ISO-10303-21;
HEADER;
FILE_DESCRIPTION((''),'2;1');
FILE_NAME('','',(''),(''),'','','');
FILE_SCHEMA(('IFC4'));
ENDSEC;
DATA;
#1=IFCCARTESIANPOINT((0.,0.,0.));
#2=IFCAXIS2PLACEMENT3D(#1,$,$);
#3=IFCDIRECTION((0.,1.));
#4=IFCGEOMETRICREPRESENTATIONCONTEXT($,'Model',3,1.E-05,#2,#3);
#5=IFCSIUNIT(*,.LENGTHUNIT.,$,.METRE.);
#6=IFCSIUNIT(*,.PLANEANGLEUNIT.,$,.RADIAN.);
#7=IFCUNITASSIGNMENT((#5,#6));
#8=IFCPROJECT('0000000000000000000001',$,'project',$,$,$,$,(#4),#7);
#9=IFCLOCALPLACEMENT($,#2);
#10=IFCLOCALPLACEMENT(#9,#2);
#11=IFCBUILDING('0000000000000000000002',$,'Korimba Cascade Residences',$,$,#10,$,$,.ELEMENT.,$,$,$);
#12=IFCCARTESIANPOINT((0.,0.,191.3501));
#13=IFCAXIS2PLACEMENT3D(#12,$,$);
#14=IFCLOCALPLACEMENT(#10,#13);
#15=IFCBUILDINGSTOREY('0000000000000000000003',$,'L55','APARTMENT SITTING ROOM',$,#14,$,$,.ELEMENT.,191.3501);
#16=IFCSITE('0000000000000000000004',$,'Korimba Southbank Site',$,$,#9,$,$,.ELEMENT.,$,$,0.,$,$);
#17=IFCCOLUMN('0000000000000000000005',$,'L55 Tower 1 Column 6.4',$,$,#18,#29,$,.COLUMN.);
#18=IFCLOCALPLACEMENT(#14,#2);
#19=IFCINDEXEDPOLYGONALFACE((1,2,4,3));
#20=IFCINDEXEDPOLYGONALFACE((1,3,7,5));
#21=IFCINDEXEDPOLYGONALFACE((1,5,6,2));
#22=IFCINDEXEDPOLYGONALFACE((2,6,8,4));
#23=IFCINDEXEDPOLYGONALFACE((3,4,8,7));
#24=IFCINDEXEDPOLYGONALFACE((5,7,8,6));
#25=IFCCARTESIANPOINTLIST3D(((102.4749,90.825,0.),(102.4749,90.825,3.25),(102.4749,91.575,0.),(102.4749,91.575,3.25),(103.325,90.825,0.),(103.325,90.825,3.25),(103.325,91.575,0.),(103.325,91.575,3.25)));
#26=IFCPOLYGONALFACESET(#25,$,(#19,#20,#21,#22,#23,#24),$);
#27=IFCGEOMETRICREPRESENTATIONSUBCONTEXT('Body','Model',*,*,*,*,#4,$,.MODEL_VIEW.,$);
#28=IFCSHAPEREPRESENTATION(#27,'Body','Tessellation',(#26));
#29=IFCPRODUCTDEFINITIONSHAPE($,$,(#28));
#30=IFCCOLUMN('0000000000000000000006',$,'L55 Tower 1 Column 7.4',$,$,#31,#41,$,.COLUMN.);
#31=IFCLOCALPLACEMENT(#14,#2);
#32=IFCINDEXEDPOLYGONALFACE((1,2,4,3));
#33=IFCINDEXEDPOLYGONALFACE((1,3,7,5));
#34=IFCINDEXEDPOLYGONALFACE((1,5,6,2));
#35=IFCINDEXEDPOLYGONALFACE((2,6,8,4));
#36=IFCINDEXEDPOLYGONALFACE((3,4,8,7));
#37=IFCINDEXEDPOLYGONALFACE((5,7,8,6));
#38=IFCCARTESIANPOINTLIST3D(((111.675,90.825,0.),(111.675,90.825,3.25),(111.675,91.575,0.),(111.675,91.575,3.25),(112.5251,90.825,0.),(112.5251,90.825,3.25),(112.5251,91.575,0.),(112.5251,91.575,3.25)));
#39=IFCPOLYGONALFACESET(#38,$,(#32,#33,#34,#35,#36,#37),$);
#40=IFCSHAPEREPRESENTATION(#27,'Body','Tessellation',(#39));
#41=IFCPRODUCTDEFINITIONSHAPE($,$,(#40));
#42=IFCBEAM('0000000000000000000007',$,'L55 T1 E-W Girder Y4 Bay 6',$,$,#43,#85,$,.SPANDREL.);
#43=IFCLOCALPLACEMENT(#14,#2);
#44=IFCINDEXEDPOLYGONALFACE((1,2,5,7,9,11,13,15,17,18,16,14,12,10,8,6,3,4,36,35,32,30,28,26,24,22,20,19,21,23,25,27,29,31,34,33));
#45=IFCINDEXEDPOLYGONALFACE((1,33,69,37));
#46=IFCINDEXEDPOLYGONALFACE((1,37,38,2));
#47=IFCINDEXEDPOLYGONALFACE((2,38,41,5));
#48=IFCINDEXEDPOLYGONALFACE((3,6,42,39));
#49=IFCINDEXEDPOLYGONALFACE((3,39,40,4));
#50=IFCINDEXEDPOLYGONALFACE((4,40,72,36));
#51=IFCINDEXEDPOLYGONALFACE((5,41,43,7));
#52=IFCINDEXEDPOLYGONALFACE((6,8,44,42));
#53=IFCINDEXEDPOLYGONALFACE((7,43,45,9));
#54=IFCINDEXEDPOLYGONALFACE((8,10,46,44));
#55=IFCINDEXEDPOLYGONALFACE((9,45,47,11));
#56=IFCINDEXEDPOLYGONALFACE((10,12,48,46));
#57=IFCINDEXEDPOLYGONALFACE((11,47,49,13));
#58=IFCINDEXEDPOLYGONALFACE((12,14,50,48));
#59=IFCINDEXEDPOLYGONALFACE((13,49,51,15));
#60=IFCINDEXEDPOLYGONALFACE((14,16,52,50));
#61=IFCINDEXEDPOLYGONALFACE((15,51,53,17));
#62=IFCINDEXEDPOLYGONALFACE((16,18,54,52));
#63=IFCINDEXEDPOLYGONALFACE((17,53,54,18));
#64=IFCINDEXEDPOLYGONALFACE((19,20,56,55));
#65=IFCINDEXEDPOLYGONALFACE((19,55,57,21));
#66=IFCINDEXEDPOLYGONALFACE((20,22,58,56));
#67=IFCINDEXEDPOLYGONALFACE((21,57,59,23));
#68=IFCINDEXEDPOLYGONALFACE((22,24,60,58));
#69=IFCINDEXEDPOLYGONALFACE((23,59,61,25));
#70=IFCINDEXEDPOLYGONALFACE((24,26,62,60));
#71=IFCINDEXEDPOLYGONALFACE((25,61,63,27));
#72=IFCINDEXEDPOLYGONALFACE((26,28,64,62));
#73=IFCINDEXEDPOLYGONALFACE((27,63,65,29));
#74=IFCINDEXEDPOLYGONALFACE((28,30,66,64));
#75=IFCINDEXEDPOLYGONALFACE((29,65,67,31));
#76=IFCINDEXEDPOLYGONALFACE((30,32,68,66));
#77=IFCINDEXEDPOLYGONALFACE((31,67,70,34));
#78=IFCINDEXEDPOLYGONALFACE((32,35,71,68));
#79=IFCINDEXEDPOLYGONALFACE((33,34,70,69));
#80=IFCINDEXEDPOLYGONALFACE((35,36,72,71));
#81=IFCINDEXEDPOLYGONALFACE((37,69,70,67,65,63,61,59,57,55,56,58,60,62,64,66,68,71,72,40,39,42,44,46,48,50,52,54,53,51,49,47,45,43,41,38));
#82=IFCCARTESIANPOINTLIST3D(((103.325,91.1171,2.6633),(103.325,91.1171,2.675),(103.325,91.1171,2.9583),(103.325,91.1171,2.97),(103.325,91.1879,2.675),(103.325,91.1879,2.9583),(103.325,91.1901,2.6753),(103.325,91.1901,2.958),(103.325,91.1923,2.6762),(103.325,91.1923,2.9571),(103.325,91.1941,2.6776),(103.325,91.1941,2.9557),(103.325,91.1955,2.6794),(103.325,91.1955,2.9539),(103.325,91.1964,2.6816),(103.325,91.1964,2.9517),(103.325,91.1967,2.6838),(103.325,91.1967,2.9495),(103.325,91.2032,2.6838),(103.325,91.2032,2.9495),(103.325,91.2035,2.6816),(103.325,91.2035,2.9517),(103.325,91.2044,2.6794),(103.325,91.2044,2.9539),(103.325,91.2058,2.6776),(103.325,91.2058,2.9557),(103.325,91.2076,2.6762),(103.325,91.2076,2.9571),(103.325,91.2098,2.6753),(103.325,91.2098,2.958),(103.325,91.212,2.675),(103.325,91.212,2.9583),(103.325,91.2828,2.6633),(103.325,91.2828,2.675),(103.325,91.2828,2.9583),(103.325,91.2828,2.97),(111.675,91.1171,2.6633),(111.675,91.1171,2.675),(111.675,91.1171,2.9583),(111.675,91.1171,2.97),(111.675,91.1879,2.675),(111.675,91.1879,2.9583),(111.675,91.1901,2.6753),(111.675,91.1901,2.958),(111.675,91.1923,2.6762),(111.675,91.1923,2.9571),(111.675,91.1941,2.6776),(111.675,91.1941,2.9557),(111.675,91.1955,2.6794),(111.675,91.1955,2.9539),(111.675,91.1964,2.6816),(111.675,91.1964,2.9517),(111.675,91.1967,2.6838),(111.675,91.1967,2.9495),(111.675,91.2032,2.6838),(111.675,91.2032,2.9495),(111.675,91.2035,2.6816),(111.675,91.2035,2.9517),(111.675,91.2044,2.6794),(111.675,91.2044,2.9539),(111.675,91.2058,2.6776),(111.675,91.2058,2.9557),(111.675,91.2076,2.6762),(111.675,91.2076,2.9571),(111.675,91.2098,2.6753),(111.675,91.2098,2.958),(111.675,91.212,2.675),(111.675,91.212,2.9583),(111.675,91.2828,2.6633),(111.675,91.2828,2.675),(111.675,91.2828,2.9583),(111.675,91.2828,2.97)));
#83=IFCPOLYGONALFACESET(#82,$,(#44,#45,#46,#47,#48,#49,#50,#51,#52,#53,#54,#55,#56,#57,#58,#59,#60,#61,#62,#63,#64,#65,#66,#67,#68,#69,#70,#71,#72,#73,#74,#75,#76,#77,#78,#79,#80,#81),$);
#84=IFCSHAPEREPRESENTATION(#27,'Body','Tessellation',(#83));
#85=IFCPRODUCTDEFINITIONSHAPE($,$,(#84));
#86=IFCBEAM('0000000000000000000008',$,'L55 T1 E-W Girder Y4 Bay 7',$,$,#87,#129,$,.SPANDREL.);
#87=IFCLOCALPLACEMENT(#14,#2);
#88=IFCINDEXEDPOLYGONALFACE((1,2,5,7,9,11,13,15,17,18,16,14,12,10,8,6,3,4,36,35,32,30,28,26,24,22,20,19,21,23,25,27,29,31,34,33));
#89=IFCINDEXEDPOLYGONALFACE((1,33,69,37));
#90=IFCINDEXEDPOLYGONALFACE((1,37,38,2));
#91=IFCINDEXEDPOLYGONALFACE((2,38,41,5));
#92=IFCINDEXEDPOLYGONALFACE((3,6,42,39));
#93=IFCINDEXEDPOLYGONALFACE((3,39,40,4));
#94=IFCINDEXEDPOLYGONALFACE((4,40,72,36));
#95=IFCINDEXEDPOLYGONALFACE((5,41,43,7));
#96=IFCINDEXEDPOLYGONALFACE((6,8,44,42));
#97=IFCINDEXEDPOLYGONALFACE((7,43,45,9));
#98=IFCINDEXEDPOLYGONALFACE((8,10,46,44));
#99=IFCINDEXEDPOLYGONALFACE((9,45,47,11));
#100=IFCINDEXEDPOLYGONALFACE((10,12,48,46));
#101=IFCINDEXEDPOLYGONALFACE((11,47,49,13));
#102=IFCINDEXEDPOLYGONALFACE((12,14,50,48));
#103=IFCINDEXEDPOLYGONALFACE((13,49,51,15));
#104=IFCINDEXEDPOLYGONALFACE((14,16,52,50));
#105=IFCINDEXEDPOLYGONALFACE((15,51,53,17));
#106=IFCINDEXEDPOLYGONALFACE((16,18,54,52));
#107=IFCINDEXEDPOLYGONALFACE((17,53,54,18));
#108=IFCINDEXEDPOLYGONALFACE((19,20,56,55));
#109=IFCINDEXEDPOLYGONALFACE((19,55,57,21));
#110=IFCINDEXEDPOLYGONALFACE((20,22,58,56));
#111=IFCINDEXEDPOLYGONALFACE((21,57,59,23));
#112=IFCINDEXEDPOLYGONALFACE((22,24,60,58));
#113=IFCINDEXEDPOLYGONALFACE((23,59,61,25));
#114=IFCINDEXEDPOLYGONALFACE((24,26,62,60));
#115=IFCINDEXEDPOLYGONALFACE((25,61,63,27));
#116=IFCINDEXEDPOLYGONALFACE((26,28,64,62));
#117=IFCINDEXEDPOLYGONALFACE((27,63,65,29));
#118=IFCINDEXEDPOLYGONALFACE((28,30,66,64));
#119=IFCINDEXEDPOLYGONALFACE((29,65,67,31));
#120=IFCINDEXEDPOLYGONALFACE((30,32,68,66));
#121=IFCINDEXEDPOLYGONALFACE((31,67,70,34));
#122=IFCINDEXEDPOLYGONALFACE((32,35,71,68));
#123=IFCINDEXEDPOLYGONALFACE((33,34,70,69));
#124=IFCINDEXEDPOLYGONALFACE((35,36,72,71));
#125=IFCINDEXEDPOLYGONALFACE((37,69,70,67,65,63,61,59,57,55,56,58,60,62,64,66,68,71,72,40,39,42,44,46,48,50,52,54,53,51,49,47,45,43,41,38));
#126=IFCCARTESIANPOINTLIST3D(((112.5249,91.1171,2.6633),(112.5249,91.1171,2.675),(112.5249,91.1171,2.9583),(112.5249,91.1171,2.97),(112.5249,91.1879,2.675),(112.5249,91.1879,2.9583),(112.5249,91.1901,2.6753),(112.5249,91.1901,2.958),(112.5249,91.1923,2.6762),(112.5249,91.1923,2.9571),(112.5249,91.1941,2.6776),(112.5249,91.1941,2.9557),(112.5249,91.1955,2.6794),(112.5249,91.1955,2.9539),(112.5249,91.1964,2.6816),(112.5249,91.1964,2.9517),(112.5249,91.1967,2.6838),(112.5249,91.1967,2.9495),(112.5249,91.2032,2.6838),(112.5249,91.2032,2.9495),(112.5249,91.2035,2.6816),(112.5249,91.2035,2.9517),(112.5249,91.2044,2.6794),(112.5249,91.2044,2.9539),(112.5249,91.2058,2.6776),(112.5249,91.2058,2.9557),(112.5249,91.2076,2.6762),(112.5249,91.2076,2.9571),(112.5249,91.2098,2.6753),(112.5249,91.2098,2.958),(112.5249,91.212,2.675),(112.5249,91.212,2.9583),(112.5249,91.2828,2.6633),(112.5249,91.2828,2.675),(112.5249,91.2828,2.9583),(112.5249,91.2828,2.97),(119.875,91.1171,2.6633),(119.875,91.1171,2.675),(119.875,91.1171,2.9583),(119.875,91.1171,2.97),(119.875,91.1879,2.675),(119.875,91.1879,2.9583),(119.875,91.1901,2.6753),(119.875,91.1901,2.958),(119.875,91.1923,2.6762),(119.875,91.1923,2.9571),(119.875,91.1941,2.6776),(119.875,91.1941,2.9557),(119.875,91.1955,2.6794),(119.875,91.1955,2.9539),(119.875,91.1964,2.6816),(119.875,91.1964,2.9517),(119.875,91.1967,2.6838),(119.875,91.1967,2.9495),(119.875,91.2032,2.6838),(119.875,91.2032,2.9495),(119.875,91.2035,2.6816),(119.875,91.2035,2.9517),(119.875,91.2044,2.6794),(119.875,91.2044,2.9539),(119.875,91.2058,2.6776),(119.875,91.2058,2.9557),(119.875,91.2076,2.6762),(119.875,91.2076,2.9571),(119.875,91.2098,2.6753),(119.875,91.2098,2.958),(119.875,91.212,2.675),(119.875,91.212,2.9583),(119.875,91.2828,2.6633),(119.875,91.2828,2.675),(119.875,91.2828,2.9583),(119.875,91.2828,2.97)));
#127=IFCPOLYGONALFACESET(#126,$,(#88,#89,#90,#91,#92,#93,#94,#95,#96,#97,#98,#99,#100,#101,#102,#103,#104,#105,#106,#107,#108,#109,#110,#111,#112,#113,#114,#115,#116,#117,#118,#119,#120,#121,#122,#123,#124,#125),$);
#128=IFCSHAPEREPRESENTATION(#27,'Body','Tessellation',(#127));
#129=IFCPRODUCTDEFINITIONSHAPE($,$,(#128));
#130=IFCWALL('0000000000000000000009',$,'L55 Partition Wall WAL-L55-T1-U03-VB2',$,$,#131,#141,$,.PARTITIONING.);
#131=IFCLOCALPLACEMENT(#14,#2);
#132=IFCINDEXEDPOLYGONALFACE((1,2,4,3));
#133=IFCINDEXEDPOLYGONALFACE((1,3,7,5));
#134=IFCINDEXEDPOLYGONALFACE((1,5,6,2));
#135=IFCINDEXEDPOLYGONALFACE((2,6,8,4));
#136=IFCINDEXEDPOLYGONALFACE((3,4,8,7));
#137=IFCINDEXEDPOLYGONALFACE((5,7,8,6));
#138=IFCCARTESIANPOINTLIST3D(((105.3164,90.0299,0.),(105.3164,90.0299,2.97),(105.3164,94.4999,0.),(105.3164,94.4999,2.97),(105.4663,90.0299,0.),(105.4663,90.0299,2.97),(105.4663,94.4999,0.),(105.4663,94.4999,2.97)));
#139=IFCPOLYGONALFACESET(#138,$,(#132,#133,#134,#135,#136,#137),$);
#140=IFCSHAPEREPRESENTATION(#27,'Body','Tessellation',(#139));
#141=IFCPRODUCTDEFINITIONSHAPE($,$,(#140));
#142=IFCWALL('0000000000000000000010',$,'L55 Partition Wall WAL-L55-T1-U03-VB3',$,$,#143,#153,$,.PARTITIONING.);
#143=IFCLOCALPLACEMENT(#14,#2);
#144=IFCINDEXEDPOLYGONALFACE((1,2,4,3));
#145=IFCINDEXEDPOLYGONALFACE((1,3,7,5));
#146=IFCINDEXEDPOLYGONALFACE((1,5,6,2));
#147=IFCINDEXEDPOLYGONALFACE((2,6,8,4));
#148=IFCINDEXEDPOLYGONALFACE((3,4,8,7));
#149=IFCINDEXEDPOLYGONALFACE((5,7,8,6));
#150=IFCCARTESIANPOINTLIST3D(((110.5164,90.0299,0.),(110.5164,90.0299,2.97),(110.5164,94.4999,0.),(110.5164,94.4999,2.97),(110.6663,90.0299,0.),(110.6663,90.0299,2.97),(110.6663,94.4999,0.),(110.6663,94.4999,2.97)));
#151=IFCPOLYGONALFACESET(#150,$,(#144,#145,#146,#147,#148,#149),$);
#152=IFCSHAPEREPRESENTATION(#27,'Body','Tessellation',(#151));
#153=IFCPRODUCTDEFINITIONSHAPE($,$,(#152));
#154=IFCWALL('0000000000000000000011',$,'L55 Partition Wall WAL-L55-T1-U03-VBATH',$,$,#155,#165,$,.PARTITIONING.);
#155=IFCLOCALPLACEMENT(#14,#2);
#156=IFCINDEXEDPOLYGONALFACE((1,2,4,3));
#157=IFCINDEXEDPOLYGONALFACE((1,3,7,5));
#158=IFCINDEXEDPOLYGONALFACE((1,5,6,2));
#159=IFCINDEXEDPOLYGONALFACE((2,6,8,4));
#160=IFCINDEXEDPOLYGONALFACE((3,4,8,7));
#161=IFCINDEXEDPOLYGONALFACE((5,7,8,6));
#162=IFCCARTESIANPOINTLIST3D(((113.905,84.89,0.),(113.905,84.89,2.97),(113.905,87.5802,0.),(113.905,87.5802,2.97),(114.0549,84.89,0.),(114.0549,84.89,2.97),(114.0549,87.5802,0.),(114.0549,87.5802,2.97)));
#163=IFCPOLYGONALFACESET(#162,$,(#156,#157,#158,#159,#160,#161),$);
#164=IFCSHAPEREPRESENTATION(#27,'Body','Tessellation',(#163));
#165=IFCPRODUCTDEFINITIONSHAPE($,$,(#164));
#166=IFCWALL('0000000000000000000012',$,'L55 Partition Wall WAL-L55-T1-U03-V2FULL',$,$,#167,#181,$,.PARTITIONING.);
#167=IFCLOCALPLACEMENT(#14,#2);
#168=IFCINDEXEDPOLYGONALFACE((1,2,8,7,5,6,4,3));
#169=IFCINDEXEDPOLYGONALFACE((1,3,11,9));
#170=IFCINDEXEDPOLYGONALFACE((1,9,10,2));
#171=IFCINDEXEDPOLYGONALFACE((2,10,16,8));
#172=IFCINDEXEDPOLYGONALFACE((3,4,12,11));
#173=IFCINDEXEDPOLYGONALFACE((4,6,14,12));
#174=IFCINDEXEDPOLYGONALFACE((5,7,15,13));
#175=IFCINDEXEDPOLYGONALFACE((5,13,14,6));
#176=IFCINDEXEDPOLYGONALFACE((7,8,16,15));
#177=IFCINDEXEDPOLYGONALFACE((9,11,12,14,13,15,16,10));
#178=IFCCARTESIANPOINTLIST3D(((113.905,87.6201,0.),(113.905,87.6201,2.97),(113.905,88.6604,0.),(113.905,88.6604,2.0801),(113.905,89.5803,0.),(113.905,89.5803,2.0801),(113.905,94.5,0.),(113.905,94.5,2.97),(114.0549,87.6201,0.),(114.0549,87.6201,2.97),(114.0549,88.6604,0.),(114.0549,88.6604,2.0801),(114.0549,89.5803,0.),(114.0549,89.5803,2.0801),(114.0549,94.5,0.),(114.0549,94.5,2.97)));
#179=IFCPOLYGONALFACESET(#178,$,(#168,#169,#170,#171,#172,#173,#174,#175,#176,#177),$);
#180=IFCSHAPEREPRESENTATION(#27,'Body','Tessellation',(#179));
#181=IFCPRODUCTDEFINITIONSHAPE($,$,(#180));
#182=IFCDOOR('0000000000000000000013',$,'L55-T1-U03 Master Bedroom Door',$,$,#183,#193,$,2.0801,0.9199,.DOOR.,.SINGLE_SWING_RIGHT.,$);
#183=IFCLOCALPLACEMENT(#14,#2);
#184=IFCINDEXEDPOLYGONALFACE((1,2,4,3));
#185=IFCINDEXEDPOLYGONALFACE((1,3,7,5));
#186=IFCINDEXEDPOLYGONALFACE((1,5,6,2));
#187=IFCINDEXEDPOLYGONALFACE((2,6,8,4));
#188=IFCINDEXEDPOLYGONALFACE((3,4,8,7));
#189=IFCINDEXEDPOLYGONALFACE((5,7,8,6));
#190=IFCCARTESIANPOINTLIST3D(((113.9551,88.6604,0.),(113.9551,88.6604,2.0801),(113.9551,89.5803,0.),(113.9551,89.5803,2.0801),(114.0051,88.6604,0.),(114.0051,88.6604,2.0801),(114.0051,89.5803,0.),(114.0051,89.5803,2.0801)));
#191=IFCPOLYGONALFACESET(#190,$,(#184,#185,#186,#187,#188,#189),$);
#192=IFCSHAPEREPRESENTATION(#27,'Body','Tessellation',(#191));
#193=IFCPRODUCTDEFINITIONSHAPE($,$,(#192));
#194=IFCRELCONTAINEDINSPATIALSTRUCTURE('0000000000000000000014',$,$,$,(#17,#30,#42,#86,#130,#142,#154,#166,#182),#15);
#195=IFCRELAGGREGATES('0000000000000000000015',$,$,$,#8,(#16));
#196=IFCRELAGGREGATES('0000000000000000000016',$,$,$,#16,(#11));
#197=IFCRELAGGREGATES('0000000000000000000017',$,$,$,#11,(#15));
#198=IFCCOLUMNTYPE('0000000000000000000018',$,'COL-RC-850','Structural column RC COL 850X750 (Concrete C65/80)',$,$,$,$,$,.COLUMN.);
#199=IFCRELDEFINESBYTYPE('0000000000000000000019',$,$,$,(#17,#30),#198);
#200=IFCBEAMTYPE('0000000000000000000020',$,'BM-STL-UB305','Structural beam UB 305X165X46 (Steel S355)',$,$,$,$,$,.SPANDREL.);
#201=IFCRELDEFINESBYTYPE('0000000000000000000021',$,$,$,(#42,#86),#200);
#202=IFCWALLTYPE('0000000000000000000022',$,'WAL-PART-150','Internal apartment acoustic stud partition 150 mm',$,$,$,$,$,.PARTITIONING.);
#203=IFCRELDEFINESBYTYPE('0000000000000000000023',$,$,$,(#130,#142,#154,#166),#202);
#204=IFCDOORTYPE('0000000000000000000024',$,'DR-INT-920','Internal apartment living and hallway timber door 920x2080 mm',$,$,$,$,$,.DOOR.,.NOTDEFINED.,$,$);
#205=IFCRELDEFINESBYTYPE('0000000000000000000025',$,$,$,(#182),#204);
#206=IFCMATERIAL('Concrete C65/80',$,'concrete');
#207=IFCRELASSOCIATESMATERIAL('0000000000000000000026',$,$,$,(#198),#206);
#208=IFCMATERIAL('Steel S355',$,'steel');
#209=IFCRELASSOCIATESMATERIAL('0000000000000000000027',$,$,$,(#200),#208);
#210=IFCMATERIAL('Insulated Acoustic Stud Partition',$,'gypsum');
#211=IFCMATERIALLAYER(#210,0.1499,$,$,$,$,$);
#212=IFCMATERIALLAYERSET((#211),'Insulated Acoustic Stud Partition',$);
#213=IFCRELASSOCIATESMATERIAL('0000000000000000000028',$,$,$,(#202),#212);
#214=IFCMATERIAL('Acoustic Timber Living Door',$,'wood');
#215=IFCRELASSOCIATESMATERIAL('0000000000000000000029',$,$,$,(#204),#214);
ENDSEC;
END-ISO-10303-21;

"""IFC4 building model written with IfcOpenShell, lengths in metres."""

from ifc_helpers import new_model, si_unit, direction, frame, frame_2d, origin, origin_2d, place, context, subcontext, project, spatial, rectangle, i_section, extrude, material, layer, layer_set, material_profile, profile_set, type_object, element, fill, save


model = new_model("IFC4")

# Units and contexts
model_context = context("Model", 3, precision=1e-05, world=origin(), true_north=direction((0.0, 1.0)))
body_context = subcontext(model_context, "Body", "Model", "MODEL_VIEW")
ifc_project = project(units=[si_unit("LENGTHUNIT", "METRE"), si_unit("PLANEANGLEUNIT", "RADIAN")], contexts=[model_context])

# Site, building, storey
site_placement = place(None, origin())
site = spatial("IfcSite", under=ifc_project, at=site_placement, Name="Korimba Southbank Site", CompositionType="ELEMENT", RefElevation=0.0)
building_placement = place(site_placement, origin())
building = spatial("IfcBuilding", under=site, at=building_placement, Name="Korimba Cascade Residences", CompositionType="ELEMENT")
storey_placement = place(building_placement, frame((0.0, 0.0, 191.3501)))
storey = spatial("IfcBuildingStorey", under=building, at=storey_placement, Name="L55", Description="APARTMENT SITTING ROOM", CompositionType="ELEMENT", Elevation=191.3501)

# Columns
ifc_material_1 = material(Name="Concrete C65/80", Category="concrete")
ifc_material_profile_1 = material_profile(ifc_material_1, rectangle(XDim=0.8501, YDim=0.75, at=origin_2d()), Name="Concrete C65/80")
ifc_profile_set_1 = profile_set([ifc_material_profile_1], Name="Concrete C65/80")
column_type = type_object("IfcColumnType", Name="COL-RC-850", Description="Structural column RC COL 850X750 (Concrete C65/80)", PredefinedType="COLUMN", material=ifc_profile_set_1)
for number, where, z_axis, x_axis, name in (
    (1, (102.8999, 91.2, 0.0), (0.0, 0.0, 1.0), (1.0, 0.0, 0.0), "L55 Tower 1 Column 6.4"),
    (2, (112.1001, 91.2, 0.0), (0.0, 0.0, 1.0), (1.0, 0.0, 0.0), "L55 Tower 1 Column 7.4"),
):
    element("IfcColumn", number, at=place(storey_placement, frame(where, z_axis=z_axis, x_axis=x_axis)), inside=storey, type_object=column_type, Name=name, PredefinedType="COLUMN", context=body_context, shape_type="SweptSolid", body=[
        extrude(rectangle(XDim=0.8501, YDim=0.75, at=origin_2d()), origin(), (0.0, 0.0, 1.0), 3.25),
    ])

# Beams
ifc_material_2 = material(Name="Steel S355", Category="steel")
ifc_material_profile_2 = material_profile(ifc_material_2, i_section(OverallWidth=0.1658, OverallDepth=0.3066, WebThickness=0.0066, FlangeThickness=0.0117, FilletRadius=0.0088, at=origin_2d()), Name="Steel S355")
ifc_profile_set_2 = profile_set([ifc_material_profile_2], Name="Steel S355")
beam_type = type_object("IfcBeamType", Name="BM-STL-UB305", Description="Structural beam UB 305X165X46 (Steel S355)", PredefinedType="SPANDREL", material=ifc_profile_set_2)
beam_1_placement = place(storey_placement, frame((103.325, 91.2, 2.8167), z_axis=(1.0, 0.0, 0.0), x_axis=(0.0, 1.0, 0.0)))
element("IfcBeam", 3, at=beam_1_placement, inside=storey, type_object=beam_type, Name="L55 T1 E-W Girder Y4 Bay 6", PredefinedType="SPANDREL", context=body_context, shape_type="SweptSolid", body=[
    extrude(i_section(OverallWidth=0.1658, OverallDepth=0.3066, WebThickness=0.0066, FlangeThickness=0.0117, FilletRadius=0.0088, at=origin_2d()), origin(), (0.0, 0.0, 1.0), 8.3501),
])
beam_2_placement = place(storey_placement, frame((112.5249, 91.2, 2.8167), z_axis=(1.0, 0.0, 0.0), x_axis=(0.0, 1.0, 0.0)))
element("IfcBeam", 4, at=beam_2_placement, inside=storey, type_object=beam_type, Name="L55 T1 E-W Girder Y4 Bay 7", PredefinedType="SPANDREL", context=body_context, shape_type="SweptSolid", body=[
    extrude(i_section(OverallWidth=0.1658, OverallDepth=0.3066, WebThickness=0.0066, FlangeThickness=0.0117, FilletRadius=0.0088, at=origin_2d()), origin(), (0.0, 0.0, 1.0), 7.3501),
])

# Walls
ifc_material_3 = material(Name="Insulated Acoustic Stud Partition", Category="gypsum")
ifc_layer = layer(ifc_material_3, 0.1499)
ifc_layer_set = layer_set([ifc_layer], Name="Insulated Acoustic Stud Partition")
wall_type = type_object("IfcWallType", Name="WAL-PART-150", Description="Internal apartment acoustic stud partition 150 mm", PredefinedType="PARTITIONING", material=ifc_layer_set)
for number, where, z_axis, x_axis, name in (
    (5, (105.3914, 90.03, 0.0), (0.0, 0.0, 1.0), (0.0, 1.0, 0.0), "L55 Partition Wall WAL-L55-T1-U03-VB2"),
    (6, (110.5913, 90.03, 0.0), (0.0, 0.0, 1.0), (0.0, 1.0, 0.0), "L55 Partition Wall WAL-L55-T1-U03-VB3"),
):
    element("IfcWall", number, at=place(storey_placement, frame(where, z_axis=z_axis, x_axis=x_axis)), inside=storey, type_object=wall_type, Name=name, PredefinedType="PARTITIONING", context=body_context, shape_type="SweptSolid", body=[
        extrude(rectangle(XDim=4.47, YDim=0.1499, at=frame_2d((2.2349, 0.0))), origin(), (0.0, 0.0, 1.0), 2.97),
    ])
wall_1_placement = place(storey_placement, frame((113.98, 84.8899, 0.0), z_axis=(0.0, 0.0, 1.0), x_axis=(0.0, 1.0, 0.0)))
element("IfcWall", 7, at=wall_1_placement, inside=storey, type_object=wall_type, Name="L55 Partition Wall WAL-L55-T1-U03-VBATH", PredefinedType="PARTITIONING", context=body_context, shape_type="SweptSolid", body=[
    extrude(rectangle(XDim=2.6902, YDim=0.1499, at=frame_2d((1.3452, 0.0))), origin(), (0.0, 0.0, 1.0), 2.97),
])

# Wall, opening, door
wall_2_placement = place(storey_placement, frame((113.98, 87.6201, 0.0), z_axis=(0.0, 0.0, 1.0), x_axis=(0.0, 1.0, 0.0)))
wall_2 = element("IfcWall", 8, at=wall_2_placement, inside=storey, type_object=wall_type, Name="L55 Partition Wall WAL-L55-T1-U03-V2FULL", PredefinedType="PARTITIONING", context=body_context, shape_type="SweptSolid", body=[
    extrude(rectangle(XDim=6.8799, YDim=0.1499, at=frame_2d((3.4399, 0.0))), origin(), (0.0, 0.0, 1.0), 2.97),
])
opening_1_placement = place(wall_2_placement, frame((1.0403, 0.0, 0.0)))
opening_1 = element("IfcOpeningElement", 9, at=opening_1_placement, cuts=wall_2, PredefinedType="OPENING", context=body_context, shape_type="SweptSolid", body=[
    extrude(rectangle(XDim=0.9199, YDim=2.0801, at=frame_2d((0.46, 1.04))), frame((0.0, 0.085, 0.0), z_axis=(0.0, -1.0, 0.0), x_axis=(1.0, 0.0, 0.0)), (0.0, 0.0, 1.0), 0.1699),
])
ifc_material_4 = material(Name="Acoustic Timber Living Door", Category="wood")
door_type_1 = type_object("IfcDoorType", Name="DR-INT-920", Description="Internal apartment living and hallway timber door 920x2080 mm", OperationType="NOTDEFINED", PredefinedType="DOOR", material=ifc_material_4)
door_1_placement = place(opening_1_placement, origin())
door_1 = element("IfcDoor", 10, at=door_1_placement, inside=storey, type_object=door_type_1, Name="L55-T1-U03 Master Bedroom Door", OperationType="SINGLE_SWING_RIGHT", OverallHeight=2.0801, OverallWidth=0.9199, PredefinedType="DOOR", context=body_context, shape_type="SweptSolid", body=[
    extrude(rectangle(XDim=0.9199, YDim=2.0801, at=frame_2d((0.46, 1.04))), frame((0.0, 0.0249, 0.0), z_axis=(0.0, -1.0, 0.0), x_axis=(1.0, 0.0, 0.0)), (0.0, 0.0, 1.0), 0.05),
])
fill(opening_1, door_1)

save(model, "model.ifc")
